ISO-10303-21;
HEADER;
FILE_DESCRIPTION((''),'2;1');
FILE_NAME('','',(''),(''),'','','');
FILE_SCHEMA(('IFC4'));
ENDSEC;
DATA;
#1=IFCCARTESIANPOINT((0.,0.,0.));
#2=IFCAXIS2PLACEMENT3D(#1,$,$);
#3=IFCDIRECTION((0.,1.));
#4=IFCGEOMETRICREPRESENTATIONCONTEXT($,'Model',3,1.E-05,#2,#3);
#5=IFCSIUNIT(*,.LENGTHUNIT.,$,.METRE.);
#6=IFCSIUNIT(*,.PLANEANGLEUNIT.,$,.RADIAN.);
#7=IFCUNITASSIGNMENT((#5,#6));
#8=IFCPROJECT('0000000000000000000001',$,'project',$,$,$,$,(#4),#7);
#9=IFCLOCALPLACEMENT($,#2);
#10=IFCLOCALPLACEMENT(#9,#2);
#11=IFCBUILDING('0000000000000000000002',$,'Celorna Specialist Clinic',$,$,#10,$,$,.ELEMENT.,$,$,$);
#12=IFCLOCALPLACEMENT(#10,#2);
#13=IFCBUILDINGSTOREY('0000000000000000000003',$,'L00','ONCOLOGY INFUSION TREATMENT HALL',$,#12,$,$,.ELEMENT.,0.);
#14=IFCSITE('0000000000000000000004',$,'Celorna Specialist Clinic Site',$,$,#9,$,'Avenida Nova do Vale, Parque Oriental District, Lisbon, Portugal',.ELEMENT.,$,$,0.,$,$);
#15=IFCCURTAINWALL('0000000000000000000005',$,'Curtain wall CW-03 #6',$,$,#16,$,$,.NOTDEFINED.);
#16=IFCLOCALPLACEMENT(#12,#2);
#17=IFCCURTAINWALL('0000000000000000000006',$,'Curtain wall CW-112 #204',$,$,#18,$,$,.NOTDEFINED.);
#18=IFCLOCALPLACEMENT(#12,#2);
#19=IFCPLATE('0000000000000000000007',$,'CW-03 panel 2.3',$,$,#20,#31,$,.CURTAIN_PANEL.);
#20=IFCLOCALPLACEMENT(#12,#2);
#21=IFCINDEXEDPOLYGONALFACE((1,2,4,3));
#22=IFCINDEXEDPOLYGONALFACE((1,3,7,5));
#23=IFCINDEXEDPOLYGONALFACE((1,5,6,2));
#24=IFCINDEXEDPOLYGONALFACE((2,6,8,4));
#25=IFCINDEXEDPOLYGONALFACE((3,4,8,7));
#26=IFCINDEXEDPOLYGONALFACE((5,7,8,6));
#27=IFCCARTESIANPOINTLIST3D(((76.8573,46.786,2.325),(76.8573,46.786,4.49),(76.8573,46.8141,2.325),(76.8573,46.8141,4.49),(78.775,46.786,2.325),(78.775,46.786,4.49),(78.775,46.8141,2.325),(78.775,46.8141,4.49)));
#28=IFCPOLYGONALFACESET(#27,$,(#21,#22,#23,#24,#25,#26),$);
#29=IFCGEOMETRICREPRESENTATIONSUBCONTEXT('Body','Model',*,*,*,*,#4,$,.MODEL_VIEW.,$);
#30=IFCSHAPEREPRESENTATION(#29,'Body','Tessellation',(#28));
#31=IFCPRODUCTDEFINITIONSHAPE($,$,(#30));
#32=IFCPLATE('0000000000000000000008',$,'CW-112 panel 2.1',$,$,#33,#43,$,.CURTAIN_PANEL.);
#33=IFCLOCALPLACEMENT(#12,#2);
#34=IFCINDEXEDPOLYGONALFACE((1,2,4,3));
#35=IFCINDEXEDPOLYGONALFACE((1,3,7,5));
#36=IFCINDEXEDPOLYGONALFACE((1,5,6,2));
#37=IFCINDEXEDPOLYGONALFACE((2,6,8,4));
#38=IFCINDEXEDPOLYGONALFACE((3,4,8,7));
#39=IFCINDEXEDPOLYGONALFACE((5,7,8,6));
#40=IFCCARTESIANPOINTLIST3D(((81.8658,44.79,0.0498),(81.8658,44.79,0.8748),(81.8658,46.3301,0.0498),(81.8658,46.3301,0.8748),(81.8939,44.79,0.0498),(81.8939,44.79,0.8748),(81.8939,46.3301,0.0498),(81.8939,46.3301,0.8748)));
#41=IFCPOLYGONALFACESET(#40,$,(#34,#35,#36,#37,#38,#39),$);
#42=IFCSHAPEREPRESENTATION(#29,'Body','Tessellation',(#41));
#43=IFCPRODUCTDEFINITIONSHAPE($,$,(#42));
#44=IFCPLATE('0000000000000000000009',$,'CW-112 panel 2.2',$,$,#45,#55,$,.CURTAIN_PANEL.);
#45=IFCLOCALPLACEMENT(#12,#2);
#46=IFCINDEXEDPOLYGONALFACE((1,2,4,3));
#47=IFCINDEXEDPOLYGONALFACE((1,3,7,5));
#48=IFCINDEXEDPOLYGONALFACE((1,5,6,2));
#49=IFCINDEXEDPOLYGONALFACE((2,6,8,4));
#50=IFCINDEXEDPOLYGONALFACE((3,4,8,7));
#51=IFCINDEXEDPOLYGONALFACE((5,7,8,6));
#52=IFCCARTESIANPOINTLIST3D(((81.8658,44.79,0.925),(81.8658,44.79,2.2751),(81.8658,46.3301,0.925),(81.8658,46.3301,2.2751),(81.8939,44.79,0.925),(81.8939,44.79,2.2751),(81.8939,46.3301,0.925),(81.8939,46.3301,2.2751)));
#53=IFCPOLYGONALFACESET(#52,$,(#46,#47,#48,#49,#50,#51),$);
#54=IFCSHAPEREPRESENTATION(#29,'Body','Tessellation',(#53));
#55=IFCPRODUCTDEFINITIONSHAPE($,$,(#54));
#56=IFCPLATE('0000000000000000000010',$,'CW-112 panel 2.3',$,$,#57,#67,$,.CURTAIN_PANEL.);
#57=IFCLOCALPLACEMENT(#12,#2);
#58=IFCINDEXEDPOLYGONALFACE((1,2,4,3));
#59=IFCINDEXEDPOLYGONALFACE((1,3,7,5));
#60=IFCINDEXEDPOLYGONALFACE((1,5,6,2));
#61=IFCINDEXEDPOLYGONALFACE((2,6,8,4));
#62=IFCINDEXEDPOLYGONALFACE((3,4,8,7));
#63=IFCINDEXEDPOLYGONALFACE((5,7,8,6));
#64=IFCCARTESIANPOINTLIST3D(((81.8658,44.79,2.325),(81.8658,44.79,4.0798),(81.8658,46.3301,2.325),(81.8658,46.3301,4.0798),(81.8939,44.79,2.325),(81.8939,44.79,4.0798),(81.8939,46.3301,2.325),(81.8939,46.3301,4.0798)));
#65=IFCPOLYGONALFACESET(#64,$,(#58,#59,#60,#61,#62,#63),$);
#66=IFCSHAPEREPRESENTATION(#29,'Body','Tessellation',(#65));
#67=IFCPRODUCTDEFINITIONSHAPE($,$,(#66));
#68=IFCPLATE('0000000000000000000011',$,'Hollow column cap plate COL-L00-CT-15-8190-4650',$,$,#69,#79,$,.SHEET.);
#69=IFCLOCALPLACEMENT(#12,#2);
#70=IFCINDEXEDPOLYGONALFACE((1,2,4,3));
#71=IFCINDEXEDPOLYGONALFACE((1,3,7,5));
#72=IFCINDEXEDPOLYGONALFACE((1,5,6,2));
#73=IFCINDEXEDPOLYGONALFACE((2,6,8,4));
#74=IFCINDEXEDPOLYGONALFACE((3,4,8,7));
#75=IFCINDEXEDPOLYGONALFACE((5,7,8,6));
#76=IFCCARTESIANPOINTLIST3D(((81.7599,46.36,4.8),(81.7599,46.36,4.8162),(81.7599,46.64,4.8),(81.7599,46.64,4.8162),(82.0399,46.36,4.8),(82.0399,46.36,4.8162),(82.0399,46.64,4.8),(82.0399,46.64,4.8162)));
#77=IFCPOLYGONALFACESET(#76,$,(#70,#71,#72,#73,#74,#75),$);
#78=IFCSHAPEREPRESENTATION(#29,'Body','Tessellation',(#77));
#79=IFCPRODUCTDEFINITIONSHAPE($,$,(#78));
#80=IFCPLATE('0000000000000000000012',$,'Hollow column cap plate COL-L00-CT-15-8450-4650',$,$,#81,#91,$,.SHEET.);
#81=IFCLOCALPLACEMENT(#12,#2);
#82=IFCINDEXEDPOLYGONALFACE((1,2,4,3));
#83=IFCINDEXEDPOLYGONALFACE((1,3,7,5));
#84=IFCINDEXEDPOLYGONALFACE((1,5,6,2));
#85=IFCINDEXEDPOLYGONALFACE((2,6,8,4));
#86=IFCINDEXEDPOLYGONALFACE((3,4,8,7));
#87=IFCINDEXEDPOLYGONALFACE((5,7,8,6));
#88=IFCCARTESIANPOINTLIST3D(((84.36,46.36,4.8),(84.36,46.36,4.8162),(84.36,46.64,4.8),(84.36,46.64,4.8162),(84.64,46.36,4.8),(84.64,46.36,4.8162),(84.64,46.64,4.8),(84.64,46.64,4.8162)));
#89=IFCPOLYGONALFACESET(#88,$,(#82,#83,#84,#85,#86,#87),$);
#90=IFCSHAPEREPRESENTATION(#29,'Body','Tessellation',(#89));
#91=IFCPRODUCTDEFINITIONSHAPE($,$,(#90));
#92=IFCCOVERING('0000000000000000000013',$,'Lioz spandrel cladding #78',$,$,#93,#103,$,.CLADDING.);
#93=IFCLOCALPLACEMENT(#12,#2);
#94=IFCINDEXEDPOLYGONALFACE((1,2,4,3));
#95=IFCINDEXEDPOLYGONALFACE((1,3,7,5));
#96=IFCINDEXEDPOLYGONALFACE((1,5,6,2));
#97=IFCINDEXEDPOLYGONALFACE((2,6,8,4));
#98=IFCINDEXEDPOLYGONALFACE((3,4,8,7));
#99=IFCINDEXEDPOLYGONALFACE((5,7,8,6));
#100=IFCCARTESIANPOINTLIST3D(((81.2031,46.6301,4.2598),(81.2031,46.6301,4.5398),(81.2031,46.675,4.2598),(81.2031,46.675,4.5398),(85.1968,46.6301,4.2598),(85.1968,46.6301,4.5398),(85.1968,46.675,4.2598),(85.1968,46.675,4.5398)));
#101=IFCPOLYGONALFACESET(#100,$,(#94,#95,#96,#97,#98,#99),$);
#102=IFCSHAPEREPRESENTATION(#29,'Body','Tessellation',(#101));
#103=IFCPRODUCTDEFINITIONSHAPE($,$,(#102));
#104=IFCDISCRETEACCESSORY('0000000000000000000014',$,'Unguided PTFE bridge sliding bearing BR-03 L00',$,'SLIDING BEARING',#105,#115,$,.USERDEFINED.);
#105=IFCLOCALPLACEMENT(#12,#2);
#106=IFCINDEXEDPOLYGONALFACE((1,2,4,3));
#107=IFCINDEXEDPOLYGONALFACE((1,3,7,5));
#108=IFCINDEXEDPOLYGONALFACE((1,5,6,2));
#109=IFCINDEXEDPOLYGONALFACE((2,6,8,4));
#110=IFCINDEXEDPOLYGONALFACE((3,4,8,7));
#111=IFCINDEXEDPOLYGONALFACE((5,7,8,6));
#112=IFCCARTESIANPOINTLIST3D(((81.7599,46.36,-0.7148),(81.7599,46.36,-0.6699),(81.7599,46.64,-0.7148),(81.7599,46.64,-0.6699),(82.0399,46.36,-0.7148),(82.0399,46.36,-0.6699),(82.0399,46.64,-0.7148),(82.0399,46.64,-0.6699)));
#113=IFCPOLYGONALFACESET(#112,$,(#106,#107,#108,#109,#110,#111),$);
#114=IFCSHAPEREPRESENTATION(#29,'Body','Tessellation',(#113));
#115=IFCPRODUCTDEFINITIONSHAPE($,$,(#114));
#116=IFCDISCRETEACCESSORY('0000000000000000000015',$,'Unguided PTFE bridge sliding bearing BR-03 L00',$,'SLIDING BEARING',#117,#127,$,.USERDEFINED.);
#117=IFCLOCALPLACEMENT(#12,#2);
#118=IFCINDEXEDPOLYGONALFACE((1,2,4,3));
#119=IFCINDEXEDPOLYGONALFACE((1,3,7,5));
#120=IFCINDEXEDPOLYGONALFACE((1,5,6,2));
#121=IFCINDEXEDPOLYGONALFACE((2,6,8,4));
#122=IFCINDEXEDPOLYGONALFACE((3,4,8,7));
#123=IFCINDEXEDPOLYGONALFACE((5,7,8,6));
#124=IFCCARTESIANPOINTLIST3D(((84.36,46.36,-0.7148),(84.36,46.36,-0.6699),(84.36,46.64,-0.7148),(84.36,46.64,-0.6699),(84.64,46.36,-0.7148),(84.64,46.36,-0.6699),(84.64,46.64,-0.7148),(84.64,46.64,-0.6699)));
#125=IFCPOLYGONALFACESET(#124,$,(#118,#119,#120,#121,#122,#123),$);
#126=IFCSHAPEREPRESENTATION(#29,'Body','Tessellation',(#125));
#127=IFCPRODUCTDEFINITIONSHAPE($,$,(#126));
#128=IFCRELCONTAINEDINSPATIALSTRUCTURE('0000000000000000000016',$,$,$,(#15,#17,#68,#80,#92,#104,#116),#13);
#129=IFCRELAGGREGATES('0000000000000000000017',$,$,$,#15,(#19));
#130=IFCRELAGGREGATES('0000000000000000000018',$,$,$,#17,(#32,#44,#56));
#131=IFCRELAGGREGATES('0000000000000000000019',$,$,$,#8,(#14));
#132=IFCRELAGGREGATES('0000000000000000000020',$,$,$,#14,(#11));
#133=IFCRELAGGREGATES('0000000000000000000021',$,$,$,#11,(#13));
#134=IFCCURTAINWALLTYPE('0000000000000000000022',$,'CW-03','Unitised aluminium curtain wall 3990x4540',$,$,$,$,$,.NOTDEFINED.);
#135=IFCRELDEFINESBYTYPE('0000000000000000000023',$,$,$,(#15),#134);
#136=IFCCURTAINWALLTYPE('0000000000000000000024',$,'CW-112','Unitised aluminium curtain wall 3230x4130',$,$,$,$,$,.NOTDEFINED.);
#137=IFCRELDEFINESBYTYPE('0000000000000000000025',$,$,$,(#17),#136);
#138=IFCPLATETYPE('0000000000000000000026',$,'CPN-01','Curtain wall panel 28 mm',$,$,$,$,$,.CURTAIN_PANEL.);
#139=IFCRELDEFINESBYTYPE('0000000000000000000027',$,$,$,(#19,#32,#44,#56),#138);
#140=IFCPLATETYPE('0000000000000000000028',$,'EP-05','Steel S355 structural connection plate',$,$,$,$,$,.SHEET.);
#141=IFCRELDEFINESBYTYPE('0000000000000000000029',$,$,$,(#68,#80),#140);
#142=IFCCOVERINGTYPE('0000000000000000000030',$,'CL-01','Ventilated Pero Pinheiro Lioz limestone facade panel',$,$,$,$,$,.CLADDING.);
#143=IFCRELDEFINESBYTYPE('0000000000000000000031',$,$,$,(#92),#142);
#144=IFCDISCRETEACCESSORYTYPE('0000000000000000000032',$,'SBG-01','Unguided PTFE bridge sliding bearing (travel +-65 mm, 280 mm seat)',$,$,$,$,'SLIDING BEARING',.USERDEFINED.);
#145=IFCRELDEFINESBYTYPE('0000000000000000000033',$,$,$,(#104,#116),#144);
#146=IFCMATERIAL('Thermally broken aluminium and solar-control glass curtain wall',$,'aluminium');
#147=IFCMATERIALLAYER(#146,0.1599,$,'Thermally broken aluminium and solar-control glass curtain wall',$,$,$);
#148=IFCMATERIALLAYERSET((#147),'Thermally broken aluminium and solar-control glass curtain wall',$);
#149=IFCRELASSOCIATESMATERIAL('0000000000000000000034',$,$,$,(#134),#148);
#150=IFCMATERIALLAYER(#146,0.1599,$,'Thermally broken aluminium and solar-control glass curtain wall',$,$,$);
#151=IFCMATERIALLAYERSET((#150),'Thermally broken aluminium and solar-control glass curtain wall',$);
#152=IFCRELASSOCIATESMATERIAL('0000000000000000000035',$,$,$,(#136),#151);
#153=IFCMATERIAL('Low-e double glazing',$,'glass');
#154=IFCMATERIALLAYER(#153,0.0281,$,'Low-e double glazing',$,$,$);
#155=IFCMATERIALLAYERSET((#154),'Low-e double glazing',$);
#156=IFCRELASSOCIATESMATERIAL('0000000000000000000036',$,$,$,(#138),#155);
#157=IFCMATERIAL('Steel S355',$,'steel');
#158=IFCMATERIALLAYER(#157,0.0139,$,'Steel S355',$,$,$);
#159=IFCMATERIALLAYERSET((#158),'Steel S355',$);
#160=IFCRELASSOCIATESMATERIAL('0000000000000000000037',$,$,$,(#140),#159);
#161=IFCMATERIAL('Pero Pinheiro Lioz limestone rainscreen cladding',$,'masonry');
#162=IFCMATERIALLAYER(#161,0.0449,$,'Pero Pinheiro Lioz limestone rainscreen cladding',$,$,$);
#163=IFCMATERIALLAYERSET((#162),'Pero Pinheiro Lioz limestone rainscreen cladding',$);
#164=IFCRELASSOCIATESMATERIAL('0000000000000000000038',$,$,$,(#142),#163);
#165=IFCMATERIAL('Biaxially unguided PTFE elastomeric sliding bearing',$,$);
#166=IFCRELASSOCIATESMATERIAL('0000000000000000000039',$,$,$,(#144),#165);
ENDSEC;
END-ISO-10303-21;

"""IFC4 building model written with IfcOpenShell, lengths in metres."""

from ifc_helpers import new_model, si_unit, direction, frame, origin, origin_2d, place, context, subcontext, project, spatial, rectangle, extrude, material, layer, layer_set, type_object, element, aggregate, save


model = new_model("IFC4")

# Units and contexts
model_context = context("Model", 3, precision=1e-05, world=origin(), true_north=direction((0.0, 1.0)))
body_context = subcontext(model_context, "Body", "Model", "MODEL_VIEW")
ifc_project = project(units=[si_unit("LENGTHUNIT", "METRE"), si_unit("PLANEANGLEUNIT", "RADIAN")], contexts=[model_context])

# Site, building, storey
site_placement = place(None, origin())
site = spatial("IfcSite", under=ifc_project, at=site_placement, Name="Celorna Specialist Clinic Site", LongName="Avenida Nova do Vale, Parque Oriental District, Lisbon, Portugal", CompositionType="ELEMENT", RefElevation=0.0)
building_placement = place(site_placement, origin())
building = spatial("IfcBuilding", under=site, at=building_placement, Name="Celorna Specialist Clinic", CompositionType="ELEMENT")
storey_placement = place(building_placement, origin())
storey = spatial("IfcBuildingStorey", under=building, at=storey_placement, Name="L00", Description="ONCOLOGY INFUSION TREATMENT HALL", CompositionType="ELEMENT", Elevation=0.0)

# Shared definitions
ifc_material_1 = material(Name="Steel S355", Category="steel")

# Curtain wall
ifc_material_2 = material(Name="Thermally broken aluminium and solar-control glass curtain wall", Category="aluminium")
ifc_layer_1 = layer(ifc_material_2, 0.1599, Name="Thermally broken aluminium and solar-control glass curtain wall")
ifc_layer_set_1 = layer_set([ifc_layer_1], Name="Thermally broken aluminium and solar-control glass curtain wall")
curtain_wall_type_1 = type_object("IfcCurtainWallType", Name="CW-03", Description="Unitised aluminium curtain wall 3990x4540", PredefinedType="NOTDEFINED", material=ifc_layer_set_1)
curtain_wall_1_placement = place(storey_placement, origin())
curtain_wall_1 = element("IfcCurtainWall", 1, at=curtain_wall_1_placement, inside=storey, type_object=curtain_wall_type_1, Name="Curtain wall CW-03 #6", PredefinedType="NOTDEFINED")

# Curtain wall
ifc_layer_2 = layer(ifc_material_2, 0.1599, Name="Thermally broken aluminium and solar-control glass curtain wall")
ifc_layer_set_2 = layer_set([ifc_layer_2], Name="Thermally broken aluminium and solar-control glass curtain wall")
curtain_wall_type_2 = type_object("IfcCurtainWallType", Name="CW-112", Description="Unitised aluminium curtain wall 3230x4130", PredefinedType="NOTDEFINED", material=ifc_layer_set_2)
curtain_wall_2_placement = place(storey_placement, origin())
curtain_wall_2 = element("IfcCurtainWall", 2, at=curtain_wall_2_placement, inside=storey, type_object=curtain_wall_type_2, Name="Curtain wall CW-112 #204", PredefinedType="NOTDEFINED")

# Plates
ifc_material_3 = material(Name="Low-e double glazing", Category="glass")
ifc_layer_3 = layer(ifc_material_3, 0.0281, Name="Low-e double glazing")
ifc_layer_set_3 = layer_set([ifc_layer_3], Name="Low-e double glazing")
plate_type_1 = type_object("IfcPlateType", Name="CPN-01", Description="Curtain wall panel 28 mm", PredefinedType="CURTAIN_PANEL", material=ifc_layer_set_3)
plate_1_placement = place(storey_placement, frame((77.8162, 46.8, 2.325), z_axis=(0.0, 0.0, 1.0), x_axis=(-1.0, 0.0, 0.0)))
plate_1 = element("IfcPlate", 3, at=plate_1_placement, type_object=plate_type_1, Name="CW-03 panel 2.3", PredefinedType="CURTAIN_PANEL", context=body_context, shape_type="SweptSolid", body=[
    extrude(rectangle(XDim=1.9177, YDim=0.0281, at=origin_2d()), origin(), (0.0, 0.0, 1.0), 2.165),
])
aggregate(curtain_wall_1, [plate_1])
plate_2_placement = place(storey_placement, frame((81.8799, 45.5601, 0.0498), z_axis=(0.0, 0.0, 1.0), x_axis=(0.0, 1.0, 0.0)))
plate_2 = element("IfcPlate", 4, at=plate_2_placement, type_object=plate_type_1, Name="CW-112 panel 2.1", PredefinedType="CURTAIN_PANEL", context=body_context, shape_type="SweptSolid", body=[
    extrude(rectangle(XDim=1.54, YDim=0.0281, at=origin_2d()), origin(), (0.0, 0.0, 1.0), 0.825),
])
plate_3_placement = place(storey_placement, frame((81.8799, 45.5601, 0.925), z_axis=(0.0, 0.0, 1.0), x_axis=(0.0, 1.0, 0.0)))
plate_3 = element("IfcPlate", 5, at=plate_3_placement, type_object=plate_type_1, Name="CW-112 panel 2.2", PredefinedType="CURTAIN_PANEL", context=body_context, shape_type="SweptSolid", body=[
    extrude(rectangle(XDim=1.54, YDim=0.0281, at=origin_2d()), origin(), (0.0, 0.0, 1.0), 1.3501),
])
plate_4_placement = place(storey_placement, frame((81.8799, 45.5601, 2.325), z_axis=(0.0, 0.0, 1.0), x_axis=(0.0, 1.0, 0.0)))
plate_4 = element("IfcPlate", 6, at=plate_4_placement, type_object=plate_type_1, Name="CW-112 panel 2.3", PredefinedType="CURTAIN_PANEL", context=body_context, shape_type="SweptSolid", body=[
    extrude(rectangle(XDim=1.54, YDim=0.0281, at=origin_2d()), origin(), (0.0, 0.0, 1.0), 1.7549),
])
aggregate(curtain_wall_2, [plate_2, plate_3, plate_4])

# Plates
ifc_layer_4 = layer(ifc_material_1, 0.0139, Name="Steel S355")
ifc_layer_set_4 = layer_set([ifc_layer_4], Name="Steel S355")
plate_type_2 = type_object("IfcPlateType", Name="EP-05", Description="Steel S355 structural connection plate", PredefinedType="SHEET", material=ifc_layer_set_4)
for number, where, z_axis, x_axis, name in (
    (7, (81.8999, 46.5, 4.8), (0.0, 0.0, 1.0), (1.0, 0.0, 0.0), "Hollow column cap plate COL-L00-CT-15-8190-4650"),
    (8, (84.5, 46.5, 4.8), (0.0, 0.0, 1.0), (1.0, 0.0, 0.0), "Hollow column cap plate COL-L00-CT-15-8450-4650"),
):
    element("IfcPlate", number, at=place(storey_placement, frame(where, z_axis=z_axis, x_axis=x_axis)), inside=storey, type_object=plate_type_2, Name=name, PredefinedType="SHEET", context=body_context, shape_type="SweptSolid", body=[
        extrude(rectangle(XDim=0.28, YDim=0.28, at=origin_2d()), origin(), (0.0, 0.0, 1.0), 0.0161),
    ])

# Covering
ifc_material_4 = material(Name="Pero Pinheiro Lioz limestone rainscreen cladding", Category="masonry")
ifc_layer_5 = layer(ifc_material_4, 0.0449, Name="Pero Pinheiro Lioz limestone rainscreen cladding")
ifc_layer_set_5 = layer_set([ifc_layer_5], Name="Pero Pinheiro Lioz limestone rainscreen cladding")
covering_type = type_object("IfcCoveringType", Name="CL-01", Description="Ventilated Pero Pinheiro Lioz limestone facade panel", PredefinedType="CLADDING", material=ifc_layer_set_5)
covering_placement = place(storey_placement, frame((83.2, 46.6526, 4.2598), z_axis=(0.0, 0.0, 1.0), x_axis=(-1.0, 0.0, 0.0)))
element("IfcCovering", 9, at=covering_placement, inside=storey, type_object=covering_type, Name="Lioz spandrel cladding #78", PredefinedType="CLADDING", context=body_context, shape_type="SweptSolid", body=[
    extrude(rectangle(XDim=3.9937, YDim=0.0449, at=origin_2d()), origin(), (0.0, 0.0, 1.0), 0.28),
])

# Discrete accessories
ifc_material_5 = material(Name="Biaxially unguided PTFE elastomeric sliding bearing")
discrete_accessory_type = type_object("IfcDiscreteAccessoryType", Name="SBG-01", Description="Unguided PTFE bridge sliding bearing (travel +-65 mm, 280 mm seat)", ElementType="SLIDING BEARING", PredefinedType="USERDEFINED", material=ifc_material_5)
for number, where, z_axis, x_axis, name in (
    (10, (81.8999, 46.5, -0.7148), (0.0, 0.0, 1.0), (1.0, 0.0, 0.0), "Unguided PTFE bridge sliding bearing BR-03 L00"),
    (11, (84.5, 46.5, -0.7148), (0.0, 0.0, 1.0), (1.0, 0.0, 0.0), "Unguided PTFE bridge sliding bearing BR-03 L00"),
):
    element("IfcDiscreteAccessory", number, at=place(storey_placement, frame(where, z_axis=z_axis, x_axis=x_axis)), inside=storey, type_object=discrete_accessory_type, Name=name, ObjectType="SLIDING BEARING", PredefinedType="USERDEFINED", context=body_context, shape_type="SweptSolid", body=[
        extrude(rectangle(XDim=0.28, YDim=0.28, at=origin_2d()), origin(), (0.0, 0.0, 1.0), 0.0449),
    ])

save(model, "model.ifc")
